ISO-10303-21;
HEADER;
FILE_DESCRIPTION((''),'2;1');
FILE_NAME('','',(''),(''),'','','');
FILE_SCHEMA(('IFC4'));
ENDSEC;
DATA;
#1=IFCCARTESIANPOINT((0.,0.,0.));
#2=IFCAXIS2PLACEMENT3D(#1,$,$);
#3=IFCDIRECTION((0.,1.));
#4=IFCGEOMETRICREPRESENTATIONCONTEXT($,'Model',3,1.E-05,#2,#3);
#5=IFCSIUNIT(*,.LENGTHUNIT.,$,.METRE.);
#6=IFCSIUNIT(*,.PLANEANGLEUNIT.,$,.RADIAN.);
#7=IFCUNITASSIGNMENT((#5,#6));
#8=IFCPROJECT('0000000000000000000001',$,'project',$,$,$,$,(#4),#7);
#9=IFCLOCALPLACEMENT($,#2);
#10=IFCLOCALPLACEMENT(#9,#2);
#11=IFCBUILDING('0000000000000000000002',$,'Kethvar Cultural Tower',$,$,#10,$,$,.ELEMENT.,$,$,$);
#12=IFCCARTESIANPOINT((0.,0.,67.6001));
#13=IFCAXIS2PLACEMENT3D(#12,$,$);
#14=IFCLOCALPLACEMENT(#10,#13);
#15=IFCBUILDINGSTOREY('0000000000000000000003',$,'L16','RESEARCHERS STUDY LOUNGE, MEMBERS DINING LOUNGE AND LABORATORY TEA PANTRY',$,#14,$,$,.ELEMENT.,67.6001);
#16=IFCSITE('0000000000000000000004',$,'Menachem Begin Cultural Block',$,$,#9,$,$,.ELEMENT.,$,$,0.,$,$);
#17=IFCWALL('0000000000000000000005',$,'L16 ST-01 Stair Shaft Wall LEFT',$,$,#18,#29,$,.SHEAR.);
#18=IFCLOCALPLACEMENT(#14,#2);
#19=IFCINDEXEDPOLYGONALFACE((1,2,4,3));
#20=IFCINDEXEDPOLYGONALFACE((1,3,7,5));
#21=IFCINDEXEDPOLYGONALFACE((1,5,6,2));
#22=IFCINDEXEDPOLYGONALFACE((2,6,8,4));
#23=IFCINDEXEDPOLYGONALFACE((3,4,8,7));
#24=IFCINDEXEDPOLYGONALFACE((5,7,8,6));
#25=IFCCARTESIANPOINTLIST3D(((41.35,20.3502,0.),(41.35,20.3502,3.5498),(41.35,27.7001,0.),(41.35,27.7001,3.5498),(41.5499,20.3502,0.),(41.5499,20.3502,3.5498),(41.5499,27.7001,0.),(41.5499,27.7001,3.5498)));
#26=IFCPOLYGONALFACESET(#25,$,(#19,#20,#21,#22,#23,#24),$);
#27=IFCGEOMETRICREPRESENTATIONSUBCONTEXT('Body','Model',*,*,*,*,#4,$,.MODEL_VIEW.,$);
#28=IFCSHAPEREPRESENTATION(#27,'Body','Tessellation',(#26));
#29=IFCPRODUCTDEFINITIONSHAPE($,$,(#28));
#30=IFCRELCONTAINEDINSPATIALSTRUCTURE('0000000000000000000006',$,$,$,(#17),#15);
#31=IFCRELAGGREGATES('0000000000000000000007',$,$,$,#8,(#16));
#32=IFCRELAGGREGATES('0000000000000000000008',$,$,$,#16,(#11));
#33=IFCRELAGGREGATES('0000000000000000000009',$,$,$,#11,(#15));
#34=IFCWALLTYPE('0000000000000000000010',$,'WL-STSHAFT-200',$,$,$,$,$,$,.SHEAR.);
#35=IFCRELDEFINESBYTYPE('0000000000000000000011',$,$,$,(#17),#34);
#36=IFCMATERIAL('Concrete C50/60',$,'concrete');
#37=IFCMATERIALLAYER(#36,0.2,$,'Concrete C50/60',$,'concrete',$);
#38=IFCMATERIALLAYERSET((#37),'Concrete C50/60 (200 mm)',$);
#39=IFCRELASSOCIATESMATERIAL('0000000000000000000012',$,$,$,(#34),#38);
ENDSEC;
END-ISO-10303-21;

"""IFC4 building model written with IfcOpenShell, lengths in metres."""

from ifc_helpers import new_model, si_unit, direction, frame, frame_2d, origin, place, context, subcontext, project, spatial, rectangle, extrude, material, layer, layer_set, type_object, element, save


model = new_model("IFC4")

# Units and contexts
model_context = context("Model", 3, precision=1e-05, world=origin(), true_north=direction((0.0, 1.0)))
body_context = subcontext(model_context, "Body", "Model", "MODEL_VIEW")
ifc_project = project(units=[si_unit("LENGTHUNIT", "METRE"), si_unit("PLANEANGLEUNIT", "RADIAN")], contexts=[model_context])

# Site, building, storey
site_placement = place(None, origin())
site = spatial("IfcSite", under=ifc_project, at=site_placement, Name="Menachem Begin Cultural Block", CompositionType="ELEMENT", RefElevation=0.0)
building_placement = place(site_placement, origin())
building = spatial("IfcBuilding", under=site, at=building_placement, Name="Kethvar Cultural Tower", CompositionType="ELEMENT")
storey_placement = place(building_placement, frame((0.0, 0.0, 67.6001)))
storey = spatial("IfcBuildingStorey", under=building, at=storey_placement, Name="L16", Description="RESEARCHERS STUDY LOUNGE, MEMBERS DINING LOUNGE AND LABORATORY TEA PANTRY", CompositionType="ELEMENT", Elevation=67.6001)

# Wall
ifc_material_1 = material(Name="Concrete C50/60", Category="concrete")
ifc_layer_1 = layer(ifc_material_1, 0.2, Name="Concrete C50/60", Category="concrete")
ifc_layer_set_1 = layer_set([ifc_layer_1], Name="Concrete C50/60 (200 mm)")
wall_type_1 = type_object("IfcWallType", Name="WL-STSHAFT-200", PredefinedType="SHEAR", material=ifc_layer_set_1)
wall_1_placement = place(storey_placement, frame((41.45, 27.7, 0.0), z_axis=(0.0, 0.0, 1.0), x_axis=(0.0, -1.0, 0.0)))
element("IfcWall", 1, at=wall_1_placement, inside=storey, type_object=wall_type_1, Name="L16 ST-01 Stair Shaft Wall LEFT", PredefinedType="SHEAR", context=body_context, shape_type="SweptSolid", body=[
    extrude(rectangle(XDim=7.3499, YDim=0.2, at=frame_2d((3.6748, 0.0))), origin(), (0.0, 0.0, 1.0), 3.5498),
])

save(model, "model.ifc")
